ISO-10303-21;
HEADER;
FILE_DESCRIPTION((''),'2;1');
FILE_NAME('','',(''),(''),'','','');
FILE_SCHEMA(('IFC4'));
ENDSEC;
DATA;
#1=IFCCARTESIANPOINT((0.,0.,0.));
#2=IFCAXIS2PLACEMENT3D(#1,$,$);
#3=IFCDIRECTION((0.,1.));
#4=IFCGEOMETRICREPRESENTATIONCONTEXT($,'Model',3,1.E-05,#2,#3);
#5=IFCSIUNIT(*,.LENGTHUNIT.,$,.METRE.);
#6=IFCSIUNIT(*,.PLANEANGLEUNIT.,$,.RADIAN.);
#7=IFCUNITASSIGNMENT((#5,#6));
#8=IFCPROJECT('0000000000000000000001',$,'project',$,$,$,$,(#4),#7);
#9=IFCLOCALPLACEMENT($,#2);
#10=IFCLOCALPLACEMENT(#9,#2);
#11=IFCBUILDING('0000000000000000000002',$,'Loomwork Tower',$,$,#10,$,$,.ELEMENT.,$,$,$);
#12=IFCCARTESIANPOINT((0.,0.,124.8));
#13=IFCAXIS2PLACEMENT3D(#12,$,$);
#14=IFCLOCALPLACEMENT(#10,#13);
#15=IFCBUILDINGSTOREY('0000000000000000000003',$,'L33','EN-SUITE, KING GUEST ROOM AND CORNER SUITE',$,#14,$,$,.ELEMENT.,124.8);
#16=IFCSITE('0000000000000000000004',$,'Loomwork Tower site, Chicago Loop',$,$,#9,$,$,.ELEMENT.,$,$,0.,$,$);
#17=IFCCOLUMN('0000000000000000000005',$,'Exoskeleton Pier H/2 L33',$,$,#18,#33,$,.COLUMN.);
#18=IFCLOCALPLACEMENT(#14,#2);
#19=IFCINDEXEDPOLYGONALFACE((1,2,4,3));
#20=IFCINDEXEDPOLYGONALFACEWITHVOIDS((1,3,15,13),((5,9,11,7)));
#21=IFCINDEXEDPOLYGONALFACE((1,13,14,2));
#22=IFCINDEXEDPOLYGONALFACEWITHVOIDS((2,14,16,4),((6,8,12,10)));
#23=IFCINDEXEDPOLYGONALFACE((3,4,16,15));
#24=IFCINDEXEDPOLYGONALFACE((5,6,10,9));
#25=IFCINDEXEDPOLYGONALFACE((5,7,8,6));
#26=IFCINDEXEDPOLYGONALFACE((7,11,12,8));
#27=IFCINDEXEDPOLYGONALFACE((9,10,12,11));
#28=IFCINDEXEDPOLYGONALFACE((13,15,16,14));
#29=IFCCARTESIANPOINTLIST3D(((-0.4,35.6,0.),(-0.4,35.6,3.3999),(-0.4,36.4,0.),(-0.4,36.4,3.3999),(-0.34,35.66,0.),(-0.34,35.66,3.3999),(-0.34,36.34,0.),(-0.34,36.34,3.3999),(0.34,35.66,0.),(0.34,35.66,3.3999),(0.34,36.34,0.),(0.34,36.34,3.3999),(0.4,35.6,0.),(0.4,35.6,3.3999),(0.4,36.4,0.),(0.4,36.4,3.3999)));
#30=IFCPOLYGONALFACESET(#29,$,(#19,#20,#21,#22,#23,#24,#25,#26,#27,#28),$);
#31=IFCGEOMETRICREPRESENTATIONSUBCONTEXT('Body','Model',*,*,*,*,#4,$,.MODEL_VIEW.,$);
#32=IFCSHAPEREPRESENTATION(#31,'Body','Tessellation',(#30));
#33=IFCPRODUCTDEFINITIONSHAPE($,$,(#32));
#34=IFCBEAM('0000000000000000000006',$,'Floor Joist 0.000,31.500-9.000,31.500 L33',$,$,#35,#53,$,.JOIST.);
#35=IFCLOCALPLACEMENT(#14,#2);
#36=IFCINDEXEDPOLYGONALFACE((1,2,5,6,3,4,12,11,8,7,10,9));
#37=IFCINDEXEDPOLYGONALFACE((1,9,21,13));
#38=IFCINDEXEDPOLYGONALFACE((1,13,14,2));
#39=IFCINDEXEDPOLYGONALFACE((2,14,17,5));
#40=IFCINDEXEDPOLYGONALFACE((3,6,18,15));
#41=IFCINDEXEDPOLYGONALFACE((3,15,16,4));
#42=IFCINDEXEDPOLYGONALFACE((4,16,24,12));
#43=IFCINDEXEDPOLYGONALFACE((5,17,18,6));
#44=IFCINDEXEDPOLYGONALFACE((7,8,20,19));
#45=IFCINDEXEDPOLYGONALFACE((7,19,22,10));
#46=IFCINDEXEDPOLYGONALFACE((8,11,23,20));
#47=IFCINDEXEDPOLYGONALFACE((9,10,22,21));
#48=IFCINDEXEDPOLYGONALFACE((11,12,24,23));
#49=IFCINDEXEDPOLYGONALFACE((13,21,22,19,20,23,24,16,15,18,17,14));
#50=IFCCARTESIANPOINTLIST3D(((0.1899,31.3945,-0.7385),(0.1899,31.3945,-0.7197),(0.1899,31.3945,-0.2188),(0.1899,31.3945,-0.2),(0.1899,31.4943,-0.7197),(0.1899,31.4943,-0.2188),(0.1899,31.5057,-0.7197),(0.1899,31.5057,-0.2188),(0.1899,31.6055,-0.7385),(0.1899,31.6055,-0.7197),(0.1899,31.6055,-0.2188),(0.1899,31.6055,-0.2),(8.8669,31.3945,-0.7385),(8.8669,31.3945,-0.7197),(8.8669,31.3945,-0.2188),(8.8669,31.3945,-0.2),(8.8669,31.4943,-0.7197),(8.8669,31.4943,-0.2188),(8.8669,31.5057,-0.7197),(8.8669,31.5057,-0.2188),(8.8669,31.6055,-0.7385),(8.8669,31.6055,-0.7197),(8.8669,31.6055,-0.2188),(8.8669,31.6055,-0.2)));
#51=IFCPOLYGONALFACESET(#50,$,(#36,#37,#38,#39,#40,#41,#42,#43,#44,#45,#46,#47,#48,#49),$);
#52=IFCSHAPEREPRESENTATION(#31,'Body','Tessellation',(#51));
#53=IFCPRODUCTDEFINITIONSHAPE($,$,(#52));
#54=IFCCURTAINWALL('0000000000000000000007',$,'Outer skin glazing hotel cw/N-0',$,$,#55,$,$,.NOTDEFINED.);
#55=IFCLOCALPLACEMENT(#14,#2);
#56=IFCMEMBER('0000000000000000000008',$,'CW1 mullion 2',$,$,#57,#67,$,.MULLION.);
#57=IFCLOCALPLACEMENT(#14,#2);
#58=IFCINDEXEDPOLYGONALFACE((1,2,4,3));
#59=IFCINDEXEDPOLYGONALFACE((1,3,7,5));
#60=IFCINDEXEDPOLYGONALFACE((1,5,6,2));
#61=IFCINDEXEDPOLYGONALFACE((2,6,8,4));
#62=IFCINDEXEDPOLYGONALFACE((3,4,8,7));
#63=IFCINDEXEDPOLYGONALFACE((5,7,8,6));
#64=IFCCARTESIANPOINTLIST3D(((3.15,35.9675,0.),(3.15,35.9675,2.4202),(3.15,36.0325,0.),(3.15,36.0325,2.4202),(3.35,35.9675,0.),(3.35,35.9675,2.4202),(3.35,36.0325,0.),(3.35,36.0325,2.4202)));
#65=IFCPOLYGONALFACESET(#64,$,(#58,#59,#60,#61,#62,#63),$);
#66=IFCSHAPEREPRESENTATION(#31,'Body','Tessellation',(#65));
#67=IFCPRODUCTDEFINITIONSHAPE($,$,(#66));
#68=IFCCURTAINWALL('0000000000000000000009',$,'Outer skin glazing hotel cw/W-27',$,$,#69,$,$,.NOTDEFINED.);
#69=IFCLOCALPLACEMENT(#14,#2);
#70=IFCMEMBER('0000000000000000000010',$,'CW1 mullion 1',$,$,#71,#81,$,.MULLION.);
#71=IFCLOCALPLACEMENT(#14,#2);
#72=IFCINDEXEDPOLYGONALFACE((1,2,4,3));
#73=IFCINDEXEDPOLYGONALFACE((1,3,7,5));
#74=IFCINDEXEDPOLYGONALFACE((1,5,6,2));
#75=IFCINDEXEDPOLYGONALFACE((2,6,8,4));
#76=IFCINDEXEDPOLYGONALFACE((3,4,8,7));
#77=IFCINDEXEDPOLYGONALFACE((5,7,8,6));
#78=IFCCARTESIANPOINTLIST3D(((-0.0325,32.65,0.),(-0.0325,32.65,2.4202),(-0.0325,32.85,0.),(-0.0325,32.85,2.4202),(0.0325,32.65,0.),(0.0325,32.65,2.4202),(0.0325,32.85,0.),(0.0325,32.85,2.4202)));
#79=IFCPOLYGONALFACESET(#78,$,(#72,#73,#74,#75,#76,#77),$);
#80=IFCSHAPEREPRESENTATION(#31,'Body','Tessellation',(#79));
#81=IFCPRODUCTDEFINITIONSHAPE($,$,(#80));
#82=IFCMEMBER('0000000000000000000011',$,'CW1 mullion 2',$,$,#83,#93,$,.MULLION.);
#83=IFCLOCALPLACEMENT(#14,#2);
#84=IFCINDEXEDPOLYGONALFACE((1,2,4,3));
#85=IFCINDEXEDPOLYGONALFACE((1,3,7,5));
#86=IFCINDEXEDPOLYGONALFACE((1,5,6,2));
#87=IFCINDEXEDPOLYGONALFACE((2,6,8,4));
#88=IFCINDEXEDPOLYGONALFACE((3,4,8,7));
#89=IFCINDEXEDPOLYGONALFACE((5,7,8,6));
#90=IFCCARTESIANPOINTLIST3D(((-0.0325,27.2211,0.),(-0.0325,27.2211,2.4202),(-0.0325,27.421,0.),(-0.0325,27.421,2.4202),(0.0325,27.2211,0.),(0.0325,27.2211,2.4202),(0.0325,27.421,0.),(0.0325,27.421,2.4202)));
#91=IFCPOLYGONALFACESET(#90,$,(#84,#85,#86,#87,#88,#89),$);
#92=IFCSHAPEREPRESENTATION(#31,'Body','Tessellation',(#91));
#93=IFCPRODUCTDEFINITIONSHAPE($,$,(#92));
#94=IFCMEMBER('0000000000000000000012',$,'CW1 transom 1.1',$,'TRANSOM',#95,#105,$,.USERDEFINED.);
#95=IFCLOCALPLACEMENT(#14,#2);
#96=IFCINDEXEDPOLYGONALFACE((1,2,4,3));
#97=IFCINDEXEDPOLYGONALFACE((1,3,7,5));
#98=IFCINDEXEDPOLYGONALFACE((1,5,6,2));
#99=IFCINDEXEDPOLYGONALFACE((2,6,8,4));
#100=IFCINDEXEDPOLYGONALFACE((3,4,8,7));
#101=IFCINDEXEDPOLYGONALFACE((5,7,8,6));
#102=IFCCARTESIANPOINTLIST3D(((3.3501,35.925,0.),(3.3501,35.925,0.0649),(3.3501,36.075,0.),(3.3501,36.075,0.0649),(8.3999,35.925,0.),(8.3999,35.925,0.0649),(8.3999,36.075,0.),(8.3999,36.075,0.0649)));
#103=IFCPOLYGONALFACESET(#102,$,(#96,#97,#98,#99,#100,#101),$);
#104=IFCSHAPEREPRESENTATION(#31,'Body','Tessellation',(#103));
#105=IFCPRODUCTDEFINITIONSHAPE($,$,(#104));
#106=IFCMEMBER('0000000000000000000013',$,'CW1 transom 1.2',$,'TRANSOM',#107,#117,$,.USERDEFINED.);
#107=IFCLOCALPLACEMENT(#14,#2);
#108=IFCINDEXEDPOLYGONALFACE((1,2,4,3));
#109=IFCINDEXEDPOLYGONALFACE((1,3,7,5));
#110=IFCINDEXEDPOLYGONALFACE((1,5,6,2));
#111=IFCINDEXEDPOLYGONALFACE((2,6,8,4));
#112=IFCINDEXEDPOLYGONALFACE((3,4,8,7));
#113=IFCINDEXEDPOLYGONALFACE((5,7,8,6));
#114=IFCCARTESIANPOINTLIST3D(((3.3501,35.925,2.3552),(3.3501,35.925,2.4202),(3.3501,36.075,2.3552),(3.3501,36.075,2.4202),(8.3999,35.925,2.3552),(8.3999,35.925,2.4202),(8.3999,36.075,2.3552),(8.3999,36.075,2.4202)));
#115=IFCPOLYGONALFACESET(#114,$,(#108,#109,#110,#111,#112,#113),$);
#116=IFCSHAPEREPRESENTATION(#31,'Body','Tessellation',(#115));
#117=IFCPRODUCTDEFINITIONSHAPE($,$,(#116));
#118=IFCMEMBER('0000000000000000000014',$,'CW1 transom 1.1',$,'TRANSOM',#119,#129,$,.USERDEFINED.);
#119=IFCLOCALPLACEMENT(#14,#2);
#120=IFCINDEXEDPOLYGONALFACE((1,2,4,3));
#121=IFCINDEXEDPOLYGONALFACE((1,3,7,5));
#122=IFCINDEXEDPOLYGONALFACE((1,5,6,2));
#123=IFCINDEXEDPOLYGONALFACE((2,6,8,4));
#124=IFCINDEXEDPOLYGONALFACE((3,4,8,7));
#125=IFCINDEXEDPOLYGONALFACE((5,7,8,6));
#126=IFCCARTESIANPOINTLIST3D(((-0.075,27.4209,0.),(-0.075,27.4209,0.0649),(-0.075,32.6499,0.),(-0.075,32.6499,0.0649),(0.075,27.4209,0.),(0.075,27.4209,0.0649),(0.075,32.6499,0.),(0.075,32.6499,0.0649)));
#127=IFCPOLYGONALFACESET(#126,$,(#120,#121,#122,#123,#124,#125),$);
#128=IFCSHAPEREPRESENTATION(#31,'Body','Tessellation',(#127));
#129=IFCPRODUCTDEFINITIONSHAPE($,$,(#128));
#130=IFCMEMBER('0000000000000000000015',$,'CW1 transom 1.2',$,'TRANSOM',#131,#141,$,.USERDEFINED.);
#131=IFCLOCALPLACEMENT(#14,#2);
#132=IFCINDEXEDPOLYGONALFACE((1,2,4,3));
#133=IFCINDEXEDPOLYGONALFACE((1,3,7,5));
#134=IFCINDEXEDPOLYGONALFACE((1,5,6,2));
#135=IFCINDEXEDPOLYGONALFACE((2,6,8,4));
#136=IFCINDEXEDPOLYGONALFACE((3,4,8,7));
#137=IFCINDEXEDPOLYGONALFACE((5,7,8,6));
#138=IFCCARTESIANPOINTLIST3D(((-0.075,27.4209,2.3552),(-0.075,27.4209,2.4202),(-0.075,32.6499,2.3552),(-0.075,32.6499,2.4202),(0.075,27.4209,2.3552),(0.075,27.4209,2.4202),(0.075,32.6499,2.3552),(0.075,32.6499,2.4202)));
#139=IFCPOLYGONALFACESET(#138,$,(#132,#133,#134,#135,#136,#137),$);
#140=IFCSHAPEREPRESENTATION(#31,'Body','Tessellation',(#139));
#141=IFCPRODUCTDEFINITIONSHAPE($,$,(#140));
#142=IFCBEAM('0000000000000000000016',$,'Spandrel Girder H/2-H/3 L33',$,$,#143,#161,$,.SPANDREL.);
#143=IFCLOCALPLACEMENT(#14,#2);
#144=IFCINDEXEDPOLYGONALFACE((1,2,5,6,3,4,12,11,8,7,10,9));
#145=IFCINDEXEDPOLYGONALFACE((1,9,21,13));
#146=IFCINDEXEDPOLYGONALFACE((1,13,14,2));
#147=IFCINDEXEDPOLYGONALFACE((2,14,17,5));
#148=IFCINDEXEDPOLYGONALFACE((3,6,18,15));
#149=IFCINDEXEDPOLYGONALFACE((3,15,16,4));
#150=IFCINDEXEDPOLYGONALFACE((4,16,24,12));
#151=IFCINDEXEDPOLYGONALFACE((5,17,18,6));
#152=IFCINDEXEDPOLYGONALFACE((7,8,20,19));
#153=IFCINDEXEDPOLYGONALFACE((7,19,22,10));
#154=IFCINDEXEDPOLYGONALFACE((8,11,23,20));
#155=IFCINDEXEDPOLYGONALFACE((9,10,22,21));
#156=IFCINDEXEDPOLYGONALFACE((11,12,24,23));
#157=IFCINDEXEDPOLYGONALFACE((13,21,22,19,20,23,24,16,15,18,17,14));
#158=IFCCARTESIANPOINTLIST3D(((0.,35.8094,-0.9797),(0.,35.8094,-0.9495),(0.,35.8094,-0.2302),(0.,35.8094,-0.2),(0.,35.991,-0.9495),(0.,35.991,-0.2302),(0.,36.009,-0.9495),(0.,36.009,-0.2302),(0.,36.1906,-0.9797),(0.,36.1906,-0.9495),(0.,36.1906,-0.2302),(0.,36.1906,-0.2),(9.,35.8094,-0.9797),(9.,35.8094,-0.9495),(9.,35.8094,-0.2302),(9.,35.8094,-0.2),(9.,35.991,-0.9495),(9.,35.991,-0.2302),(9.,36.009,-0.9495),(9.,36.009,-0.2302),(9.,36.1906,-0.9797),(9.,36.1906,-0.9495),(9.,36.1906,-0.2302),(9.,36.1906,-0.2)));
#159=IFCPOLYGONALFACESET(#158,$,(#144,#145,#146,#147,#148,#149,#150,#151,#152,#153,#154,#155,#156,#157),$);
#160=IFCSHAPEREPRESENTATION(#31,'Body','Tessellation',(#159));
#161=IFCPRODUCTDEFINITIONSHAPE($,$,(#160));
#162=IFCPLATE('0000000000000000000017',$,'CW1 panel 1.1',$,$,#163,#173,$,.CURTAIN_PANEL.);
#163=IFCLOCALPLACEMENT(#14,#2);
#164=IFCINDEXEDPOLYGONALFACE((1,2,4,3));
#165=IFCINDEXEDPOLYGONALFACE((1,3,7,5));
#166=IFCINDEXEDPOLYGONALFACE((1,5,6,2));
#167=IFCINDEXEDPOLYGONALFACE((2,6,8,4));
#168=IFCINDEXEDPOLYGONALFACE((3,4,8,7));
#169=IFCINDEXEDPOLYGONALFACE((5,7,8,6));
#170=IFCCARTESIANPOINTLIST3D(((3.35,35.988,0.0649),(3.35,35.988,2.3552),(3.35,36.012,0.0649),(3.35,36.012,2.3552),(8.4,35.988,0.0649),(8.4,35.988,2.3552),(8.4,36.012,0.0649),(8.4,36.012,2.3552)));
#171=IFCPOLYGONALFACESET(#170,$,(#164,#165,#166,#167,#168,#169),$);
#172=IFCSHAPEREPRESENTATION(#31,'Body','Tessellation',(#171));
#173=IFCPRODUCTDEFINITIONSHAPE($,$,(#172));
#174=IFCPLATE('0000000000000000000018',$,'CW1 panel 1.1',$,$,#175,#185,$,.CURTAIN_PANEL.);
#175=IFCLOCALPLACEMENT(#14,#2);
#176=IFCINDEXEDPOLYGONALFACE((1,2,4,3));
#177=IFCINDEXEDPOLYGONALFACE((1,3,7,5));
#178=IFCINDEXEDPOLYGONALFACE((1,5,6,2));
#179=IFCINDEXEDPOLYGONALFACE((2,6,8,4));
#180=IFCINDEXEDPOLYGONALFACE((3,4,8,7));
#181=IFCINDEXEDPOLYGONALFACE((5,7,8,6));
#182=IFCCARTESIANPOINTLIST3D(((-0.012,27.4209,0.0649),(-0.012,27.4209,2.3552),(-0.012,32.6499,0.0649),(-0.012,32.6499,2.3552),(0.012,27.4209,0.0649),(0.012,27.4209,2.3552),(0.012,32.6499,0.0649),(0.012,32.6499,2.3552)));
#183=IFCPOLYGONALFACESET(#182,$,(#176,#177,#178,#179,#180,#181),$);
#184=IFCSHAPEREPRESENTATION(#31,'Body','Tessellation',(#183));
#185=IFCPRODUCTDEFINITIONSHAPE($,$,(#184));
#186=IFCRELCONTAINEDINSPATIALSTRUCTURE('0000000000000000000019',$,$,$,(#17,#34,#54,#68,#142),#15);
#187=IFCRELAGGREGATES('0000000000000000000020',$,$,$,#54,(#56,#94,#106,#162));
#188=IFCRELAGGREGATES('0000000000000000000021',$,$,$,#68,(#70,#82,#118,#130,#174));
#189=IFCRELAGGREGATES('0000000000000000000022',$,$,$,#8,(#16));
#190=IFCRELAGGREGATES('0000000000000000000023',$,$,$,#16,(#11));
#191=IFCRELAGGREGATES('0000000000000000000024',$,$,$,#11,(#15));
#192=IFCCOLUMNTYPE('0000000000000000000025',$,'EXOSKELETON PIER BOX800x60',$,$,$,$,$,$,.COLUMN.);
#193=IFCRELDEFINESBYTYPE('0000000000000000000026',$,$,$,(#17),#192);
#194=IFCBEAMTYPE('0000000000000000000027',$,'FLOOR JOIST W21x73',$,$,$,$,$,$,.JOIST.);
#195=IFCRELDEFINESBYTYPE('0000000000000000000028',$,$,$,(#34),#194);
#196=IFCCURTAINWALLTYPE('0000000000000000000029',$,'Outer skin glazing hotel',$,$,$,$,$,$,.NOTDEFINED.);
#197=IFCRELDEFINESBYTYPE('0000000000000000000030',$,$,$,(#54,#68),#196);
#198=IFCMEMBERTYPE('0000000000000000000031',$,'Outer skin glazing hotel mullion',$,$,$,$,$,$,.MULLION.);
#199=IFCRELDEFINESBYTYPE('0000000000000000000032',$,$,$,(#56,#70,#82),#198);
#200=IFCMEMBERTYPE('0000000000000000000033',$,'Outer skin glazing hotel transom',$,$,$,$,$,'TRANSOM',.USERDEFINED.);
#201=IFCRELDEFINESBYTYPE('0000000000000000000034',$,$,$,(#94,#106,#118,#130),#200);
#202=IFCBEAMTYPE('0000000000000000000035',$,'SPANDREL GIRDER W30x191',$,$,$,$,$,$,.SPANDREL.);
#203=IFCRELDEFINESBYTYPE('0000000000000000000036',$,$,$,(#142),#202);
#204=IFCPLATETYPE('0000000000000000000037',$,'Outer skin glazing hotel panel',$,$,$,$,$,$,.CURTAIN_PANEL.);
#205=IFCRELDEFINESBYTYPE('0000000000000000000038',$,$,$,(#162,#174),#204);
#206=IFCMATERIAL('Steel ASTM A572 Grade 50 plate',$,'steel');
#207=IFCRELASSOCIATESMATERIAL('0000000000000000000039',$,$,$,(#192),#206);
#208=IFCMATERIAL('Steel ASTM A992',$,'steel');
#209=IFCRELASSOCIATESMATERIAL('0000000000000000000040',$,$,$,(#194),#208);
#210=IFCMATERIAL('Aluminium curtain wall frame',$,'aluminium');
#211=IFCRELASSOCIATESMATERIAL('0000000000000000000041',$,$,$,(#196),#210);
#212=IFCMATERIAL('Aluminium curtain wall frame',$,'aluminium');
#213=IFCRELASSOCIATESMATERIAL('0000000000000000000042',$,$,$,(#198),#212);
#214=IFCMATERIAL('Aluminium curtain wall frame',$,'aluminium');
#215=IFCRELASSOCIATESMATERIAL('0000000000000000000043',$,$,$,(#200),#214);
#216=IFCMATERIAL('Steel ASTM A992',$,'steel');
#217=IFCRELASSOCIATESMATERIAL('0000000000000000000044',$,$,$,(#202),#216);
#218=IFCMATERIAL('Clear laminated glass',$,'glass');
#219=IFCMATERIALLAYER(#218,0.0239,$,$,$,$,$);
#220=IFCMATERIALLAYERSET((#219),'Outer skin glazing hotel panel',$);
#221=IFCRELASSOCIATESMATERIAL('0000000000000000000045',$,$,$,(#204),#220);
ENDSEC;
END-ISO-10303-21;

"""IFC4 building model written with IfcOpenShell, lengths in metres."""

from ifc_helpers import new_model, si_unit, direction, frame, origin, origin_2d, place, context, subcontext, project, spatial, rectangle, hollow_rectangle, i_section, extrude, material, layer, layer_set, material_profile, profile_set, type_object, element, aggregate, save


model = new_model("IFC4")

# Units and contexts
model_context = context("Model", 3, precision=1e-05, world=origin(), true_north=direction((0.0, 1.0)))
body_context = subcontext(model_context, "Body", "Model", "MODEL_VIEW")
ifc_project = project(units=[si_unit("LENGTHUNIT", "METRE"), si_unit("PLANEANGLEUNIT", "RADIAN")], contexts=[model_context])

# Site, building, storey
site_placement = place(None, origin())
site = spatial("IfcSite", under=ifc_project, at=site_placement, Name="Loomwork Tower site, Chicago Loop", CompositionType="ELEMENT", RefElevation=0.0)
building_placement = place(site_placement, origin())
building = spatial("IfcBuilding", under=site, at=building_placement, Name="Loomwork Tower", CompositionType="ELEMENT")
storey_placement = place(building_placement, frame((0.0, 0.0, 124.8)))
storey = spatial("IfcBuildingStorey", under=building, at=storey_placement, Name="L33", Description="EN-SUITE, KING GUEST ROOM AND CORNER SUITE", CompositionType="ELEMENT", Elevation=124.8)

# Column
ifc_material_1 = material(Name="Steel ASTM A572 Grade 50 plate", Category="steel")
ifc_material_profile_1 = material_profile(ifc_material_1, hollow_rectangle(XDim=0.8, YDim=0.8, WallThickness=0.0601, at=origin_2d()), Name="BOX800x60")
ifc_profile_set_1 = profile_set([ifc_material_profile_1], Name="Steel ASTM A572 Grade 50 plate")
column_type = type_object("IfcColumnType", Name="EXOSKELETON PIER BOX800x60", PredefinedType="COLUMN", material=ifc_profile_set_1)
column_placement = place(storey_placement, frame((0.0, 36.0, 0.0), z_axis=(0.0, 0.0, 1.0), x_axis=(1.0, 0.0, 0.0)))
element("IfcColumn", 1, at=column_placement, inside=storey, type_object=column_type, Name="Exoskeleton Pier H/2 L33", PredefinedType="COLUMN", context=body_context, shape_type="SweptSolid", body=[
    extrude(hollow_rectangle(XDim=0.8, YDim=0.8, WallThickness=0.0601, at=origin_2d()), origin(), (0.0, 0.0, 1.0), 3.3999),
])

# Beam
ifc_material_2 = material(Name="Steel ASTM A992", Category="steel")
ifc_material_profile_2 = material_profile(ifc_material_2, i_section(OverallWidth=0.2109, OverallDepth=0.5386, WebThickness=0.0115, FlangeThickness=0.0188, at=origin_2d()), Name="W21x73")
ifc_profile_set_2 = profile_set([ifc_material_profile_2], Name="Steel ASTM A992")
beam_type_1 = type_object("IfcBeamType", Name="FLOOR JOIST W21x73", PredefinedType="JOIST", material=ifc_profile_set_2)
beam_1_placement = place(storey_placement, frame((0.1899, 31.5, -0.4692), z_axis=(1.0, 0.0, 0.0), x_axis=(0.0, 1.0, 0.0)))
element("IfcBeam", 2, at=beam_1_placement, inside=storey, type_object=beam_type_1, Name="Floor Joist 0.000,31.500-9.000,31.500 L33", PredefinedType="JOIST", context=body_context, shape_type="SweptSolid", body=[
    extrude(i_section(OverallWidth=0.2109, OverallDepth=0.5386, WebThickness=0.0115, FlangeThickness=0.0188, at=origin_2d()), origin(), (0.0, 0.0, 1.0), 8.677),
])

# Curtain wall, member
ifc_material_3 = material(Name="Aluminium curtain wall frame", Category="aluminium")
curtain_wall_type = type_object("IfcCurtainWallType", Name="Outer skin glazing hotel", PredefinedType="NOTDEFINED", material=ifc_material_3)
curtain_wall_1_placement = place(storey_placement, origin())
curtain_wall_1 = element("IfcCurtainWall", 3, at=curtain_wall_1_placement, inside=storey, type_object=curtain_wall_type, Name="Outer skin glazing hotel cw/N-0", PredefinedType="NOTDEFINED")
ifc_material_4 = material(Name="Aluminium curtain wall frame", Category="aluminium")
ifc_material_profile_3 = material_profile(ifc_material_4, rectangle(XDim=0.0649, YDim=0.2, at=origin_2d()), Name="AL 65x200")
ifc_profile_set_3 = profile_set([ifc_material_profile_3], Name="Aluminium curtain wall frame")
member_type_1 = type_object("IfcMemberType", Name="Outer skin glazing hotel mullion", PredefinedType="MULLION", material=ifc_profile_set_3)
member_1_placement = place(storey_placement, frame((3.25, 36.0, 0.0), z_axis=(0.0, 0.0, 1.0), x_axis=(0.0, -1.0, 0.0)))
member_1 = element("IfcMember", 4, at=member_1_placement, type_object=member_type_1, Name="CW1 mullion 2", PredefinedType="MULLION", context=body_context, shape_type="SweptSolid", body=[
    extrude(rectangle(XDim=0.0649, YDim=0.2, at=origin_2d()), origin(), (0.0, 0.0, 1.0), 2.4202),
])

# Curtain wall, members
curtain_wall_2_placement = place(storey_placement, origin())
curtain_wall_2 = element("IfcCurtainWall", 5, at=curtain_wall_2_placement, inside=storey, type_object=curtain_wall_type, Name="Outer skin glazing hotel cw/W-27", PredefinedType="NOTDEFINED")
member_2_placement = place(storey_placement, frame((0.0, 32.75, 0.0), z_axis=(0.0, 0.0, 1.0), x_axis=(1.0, 0.0, 0.0)))
member_2 = element("IfcMember", 6, at=member_2_placement, type_object=member_type_1, Name="CW1 mullion 1", PredefinedType="MULLION", context=body_context, shape_type="SweptSolid", body=[
    extrude(rectangle(XDim=0.0649, YDim=0.2, at=origin_2d()), origin(), (0.0, 0.0, 1.0), 2.4202),
])
member_3_placement = place(storey_placement, frame((0.0, 27.321, 0.0), z_axis=(0.0, 0.0, 1.0), x_axis=(1.0, 0.0, 0.0)))
member_3 = element("IfcMember", 7, at=member_3_placement, type_object=member_type_1, Name="CW1 mullion 2", PredefinedType="MULLION", context=body_context, shape_type="SweptSolid", body=[
    extrude(rectangle(XDim=0.0649, YDim=0.2, at=origin_2d()), origin(), (0.0, 0.0, 1.0), 2.4202),
])

# Members
ifc_material_5 = material(Name="Aluminium curtain wall frame", Category="aluminium")
ifc_material_profile_4 = material_profile(ifc_material_5, rectangle(XDim=0.1499, YDim=0.0649, at=origin_2d()), Name="AL 65x150")
ifc_profile_set_4 = profile_set([ifc_material_profile_4], Name="Aluminium curtain wall frame")
member_type_2 = type_object("IfcMemberType", Name="Outer skin glazing hotel transom", ElementType="TRANSOM", PredefinedType="USERDEFINED", material=ifc_profile_set_4)
member_4_placement = place(storey_placement, frame((8.3999, 36.0, 0.0325), z_axis=(-1.0, 0.0, 0.0), x_axis=(0.0, -1.0, 0.0)))
member_4 = element("IfcMember", 8, at=member_4_placement, type_object=member_type_2, Name="CW1 transom 1.1", ObjectType="TRANSOM", PredefinedType="USERDEFINED", context=body_context, shape_type="SweptSolid", body=[
    extrude(rectangle(XDim=0.1499, YDim=0.0649, at=origin_2d()), origin(), (0.0, 0.0, 1.0), 5.0498),
])
member_5_placement = place(storey_placement, frame((8.3999, 36.0, 2.3877), z_axis=(-1.0, 0.0, 0.0), x_axis=(0.0, -1.0, 0.0)))
member_5 = element("IfcMember", 9, at=member_5_placement, type_object=member_type_2, Name="CW1 transom 1.2", ObjectType="TRANSOM", PredefinedType="USERDEFINED", context=body_context, shape_type="SweptSolid", body=[
    extrude(rectangle(XDim=0.1499, YDim=0.0649, at=origin_2d()), origin(), (0.0, 0.0, 1.0), 5.0498),
])
member_6_placement = place(storey_placement, frame((0.0, 32.6499, 0.0325), z_axis=(0.0, -1.0, 0.0), x_axis=(1.0, 0.0, 0.0)))
member_6 = element("IfcMember", 10, at=member_6_placement, type_object=member_type_2, Name="CW1 transom 1.1", ObjectType="TRANSOM", PredefinedType="USERDEFINED", context=body_context, shape_type="SweptSolid", body=[
    extrude(rectangle(XDim=0.1499, YDim=0.0649, at=origin_2d()), origin(), (0.0, 0.0, 1.0), 5.229),
])
member_7_placement = place(storey_placement, frame((0.0, 32.6499, 2.3877), z_axis=(0.0, -1.0, 0.0), x_axis=(1.0, 0.0, 0.0)))
member_7 = element("IfcMember", 11, at=member_7_placement, type_object=member_type_2, Name="CW1 transom 1.2", ObjectType="TRANSOM", PredefinedType="USERDEFINED", context=body_context, shape_type="SweptSolid", body=[
    extrude(rectangle(XDim=0.1499, YDim=0.0649, at=origin_2d()), origin(), (0.0, 0.0, 1.0), 5.229),
])

# Beam
ifc_material_6 = material(Name="Steel ASTM A992", Category="steel")
ifc_material_profile_5 = material_profile(ifc_material_6, i_section(OverallWidth=0.3811, OverallDepth=0.7798, WebThickness=0.0181, FlangeThickness=0.0303, at=origin_2d()), Name="W30x191")
ifc_profile_set_5 = profile_set([ifc_material_profile_5], Name="Steel ASTM A992")
beam_type_2 = type_object("IfcBeamType", Name="SPANDREL GIRDER W30x191", PredefinedType="SPANDREL", material=ifc_profile_set_5)
beam_2_placement = place(storey_placement, frame((0.0, 36.0, -0.5898), z_axis=(1.0, 0.0, 0.0), x_axis=(0.0, 1.0, 0.0)))
element("IfcBeam", 12, at=beam_2_placement, inside=storey, type_object=beam_type_2, Name="Spandrel Girder H/2-H/3 L33", PredefinedType="SPANDREL", context=body_context, shape_type="SweptSolid", body=[
    extrude(i_section(OverallWidth=0.3811, OverallDepth=0.7798, WebThickness=0.0181, FlangeThickness=0.0303, at=origin_2d()), origin(), (0.0, 0.0, 1.0), 9.0),
])

# Plates
ifc_material_7 = material(Name="Clear laminated glass", Category="glass")
ifc_layer_1 = layer(ifc_material_7, 0.0239)
ifc_layer_set_1 = layer_set([ifc_layer_1], Name="Outer skin glazing hotel panel")
plate_type = type_object("IfcPlateType", Name="Outer skin glazing hotel panel", PredefinedType="CURTAIN_PANEL", material=ifc_layer_set_1)
plate_1_placement = place(storey_placement, frame((5.875, 36.0, 0.0649), z_axis=(0.0, 0.0, 1.0), x_axis=(-1.0, 0.0, 0.0)))
plate_1 = element("IfcPlate", 13, at=plate_1_placement, type_object=plate_type, Name="CW1 panel 1.1", PredefinedType="CURTAIN_PANEL", context=body_context, shape_type="SweptSolid", body=[
    extrude(rectangle(XDim=5.05, YDim=0.0239, at=origin_2d()), origin(), (0.0, 0.0, 1.0), 2.2903),
])
aggregate(curtain_wall_1, [member_1, member_4, member_5, plate_1])
plate_2_placement = place(storey_placement, frame((0.0, 30.0354, 0.0649), z_axis=(0.0, 0.0, 1.0), x_axis=(0.0, -1.0, 0.0)))
plate_2 = element("IfcPlate", 14, at=plate_2_placement, type_object=plate_type, Name="CW1 panel 1.1", PredefinedType="CURTAIN_PANEL", context=body_context, shape_type="SweptSolid", body=[
    extrude(rectangle(XDim=5.229, YDim=0.0239, at=origin_2d()), origin(), (0.0, 0.0, 1.0), 2.2903),
])
aggregate(curtain_wall_2, [member_2, member_3, member_6, member_7, plate_2])

save(model, "model.ifc")
